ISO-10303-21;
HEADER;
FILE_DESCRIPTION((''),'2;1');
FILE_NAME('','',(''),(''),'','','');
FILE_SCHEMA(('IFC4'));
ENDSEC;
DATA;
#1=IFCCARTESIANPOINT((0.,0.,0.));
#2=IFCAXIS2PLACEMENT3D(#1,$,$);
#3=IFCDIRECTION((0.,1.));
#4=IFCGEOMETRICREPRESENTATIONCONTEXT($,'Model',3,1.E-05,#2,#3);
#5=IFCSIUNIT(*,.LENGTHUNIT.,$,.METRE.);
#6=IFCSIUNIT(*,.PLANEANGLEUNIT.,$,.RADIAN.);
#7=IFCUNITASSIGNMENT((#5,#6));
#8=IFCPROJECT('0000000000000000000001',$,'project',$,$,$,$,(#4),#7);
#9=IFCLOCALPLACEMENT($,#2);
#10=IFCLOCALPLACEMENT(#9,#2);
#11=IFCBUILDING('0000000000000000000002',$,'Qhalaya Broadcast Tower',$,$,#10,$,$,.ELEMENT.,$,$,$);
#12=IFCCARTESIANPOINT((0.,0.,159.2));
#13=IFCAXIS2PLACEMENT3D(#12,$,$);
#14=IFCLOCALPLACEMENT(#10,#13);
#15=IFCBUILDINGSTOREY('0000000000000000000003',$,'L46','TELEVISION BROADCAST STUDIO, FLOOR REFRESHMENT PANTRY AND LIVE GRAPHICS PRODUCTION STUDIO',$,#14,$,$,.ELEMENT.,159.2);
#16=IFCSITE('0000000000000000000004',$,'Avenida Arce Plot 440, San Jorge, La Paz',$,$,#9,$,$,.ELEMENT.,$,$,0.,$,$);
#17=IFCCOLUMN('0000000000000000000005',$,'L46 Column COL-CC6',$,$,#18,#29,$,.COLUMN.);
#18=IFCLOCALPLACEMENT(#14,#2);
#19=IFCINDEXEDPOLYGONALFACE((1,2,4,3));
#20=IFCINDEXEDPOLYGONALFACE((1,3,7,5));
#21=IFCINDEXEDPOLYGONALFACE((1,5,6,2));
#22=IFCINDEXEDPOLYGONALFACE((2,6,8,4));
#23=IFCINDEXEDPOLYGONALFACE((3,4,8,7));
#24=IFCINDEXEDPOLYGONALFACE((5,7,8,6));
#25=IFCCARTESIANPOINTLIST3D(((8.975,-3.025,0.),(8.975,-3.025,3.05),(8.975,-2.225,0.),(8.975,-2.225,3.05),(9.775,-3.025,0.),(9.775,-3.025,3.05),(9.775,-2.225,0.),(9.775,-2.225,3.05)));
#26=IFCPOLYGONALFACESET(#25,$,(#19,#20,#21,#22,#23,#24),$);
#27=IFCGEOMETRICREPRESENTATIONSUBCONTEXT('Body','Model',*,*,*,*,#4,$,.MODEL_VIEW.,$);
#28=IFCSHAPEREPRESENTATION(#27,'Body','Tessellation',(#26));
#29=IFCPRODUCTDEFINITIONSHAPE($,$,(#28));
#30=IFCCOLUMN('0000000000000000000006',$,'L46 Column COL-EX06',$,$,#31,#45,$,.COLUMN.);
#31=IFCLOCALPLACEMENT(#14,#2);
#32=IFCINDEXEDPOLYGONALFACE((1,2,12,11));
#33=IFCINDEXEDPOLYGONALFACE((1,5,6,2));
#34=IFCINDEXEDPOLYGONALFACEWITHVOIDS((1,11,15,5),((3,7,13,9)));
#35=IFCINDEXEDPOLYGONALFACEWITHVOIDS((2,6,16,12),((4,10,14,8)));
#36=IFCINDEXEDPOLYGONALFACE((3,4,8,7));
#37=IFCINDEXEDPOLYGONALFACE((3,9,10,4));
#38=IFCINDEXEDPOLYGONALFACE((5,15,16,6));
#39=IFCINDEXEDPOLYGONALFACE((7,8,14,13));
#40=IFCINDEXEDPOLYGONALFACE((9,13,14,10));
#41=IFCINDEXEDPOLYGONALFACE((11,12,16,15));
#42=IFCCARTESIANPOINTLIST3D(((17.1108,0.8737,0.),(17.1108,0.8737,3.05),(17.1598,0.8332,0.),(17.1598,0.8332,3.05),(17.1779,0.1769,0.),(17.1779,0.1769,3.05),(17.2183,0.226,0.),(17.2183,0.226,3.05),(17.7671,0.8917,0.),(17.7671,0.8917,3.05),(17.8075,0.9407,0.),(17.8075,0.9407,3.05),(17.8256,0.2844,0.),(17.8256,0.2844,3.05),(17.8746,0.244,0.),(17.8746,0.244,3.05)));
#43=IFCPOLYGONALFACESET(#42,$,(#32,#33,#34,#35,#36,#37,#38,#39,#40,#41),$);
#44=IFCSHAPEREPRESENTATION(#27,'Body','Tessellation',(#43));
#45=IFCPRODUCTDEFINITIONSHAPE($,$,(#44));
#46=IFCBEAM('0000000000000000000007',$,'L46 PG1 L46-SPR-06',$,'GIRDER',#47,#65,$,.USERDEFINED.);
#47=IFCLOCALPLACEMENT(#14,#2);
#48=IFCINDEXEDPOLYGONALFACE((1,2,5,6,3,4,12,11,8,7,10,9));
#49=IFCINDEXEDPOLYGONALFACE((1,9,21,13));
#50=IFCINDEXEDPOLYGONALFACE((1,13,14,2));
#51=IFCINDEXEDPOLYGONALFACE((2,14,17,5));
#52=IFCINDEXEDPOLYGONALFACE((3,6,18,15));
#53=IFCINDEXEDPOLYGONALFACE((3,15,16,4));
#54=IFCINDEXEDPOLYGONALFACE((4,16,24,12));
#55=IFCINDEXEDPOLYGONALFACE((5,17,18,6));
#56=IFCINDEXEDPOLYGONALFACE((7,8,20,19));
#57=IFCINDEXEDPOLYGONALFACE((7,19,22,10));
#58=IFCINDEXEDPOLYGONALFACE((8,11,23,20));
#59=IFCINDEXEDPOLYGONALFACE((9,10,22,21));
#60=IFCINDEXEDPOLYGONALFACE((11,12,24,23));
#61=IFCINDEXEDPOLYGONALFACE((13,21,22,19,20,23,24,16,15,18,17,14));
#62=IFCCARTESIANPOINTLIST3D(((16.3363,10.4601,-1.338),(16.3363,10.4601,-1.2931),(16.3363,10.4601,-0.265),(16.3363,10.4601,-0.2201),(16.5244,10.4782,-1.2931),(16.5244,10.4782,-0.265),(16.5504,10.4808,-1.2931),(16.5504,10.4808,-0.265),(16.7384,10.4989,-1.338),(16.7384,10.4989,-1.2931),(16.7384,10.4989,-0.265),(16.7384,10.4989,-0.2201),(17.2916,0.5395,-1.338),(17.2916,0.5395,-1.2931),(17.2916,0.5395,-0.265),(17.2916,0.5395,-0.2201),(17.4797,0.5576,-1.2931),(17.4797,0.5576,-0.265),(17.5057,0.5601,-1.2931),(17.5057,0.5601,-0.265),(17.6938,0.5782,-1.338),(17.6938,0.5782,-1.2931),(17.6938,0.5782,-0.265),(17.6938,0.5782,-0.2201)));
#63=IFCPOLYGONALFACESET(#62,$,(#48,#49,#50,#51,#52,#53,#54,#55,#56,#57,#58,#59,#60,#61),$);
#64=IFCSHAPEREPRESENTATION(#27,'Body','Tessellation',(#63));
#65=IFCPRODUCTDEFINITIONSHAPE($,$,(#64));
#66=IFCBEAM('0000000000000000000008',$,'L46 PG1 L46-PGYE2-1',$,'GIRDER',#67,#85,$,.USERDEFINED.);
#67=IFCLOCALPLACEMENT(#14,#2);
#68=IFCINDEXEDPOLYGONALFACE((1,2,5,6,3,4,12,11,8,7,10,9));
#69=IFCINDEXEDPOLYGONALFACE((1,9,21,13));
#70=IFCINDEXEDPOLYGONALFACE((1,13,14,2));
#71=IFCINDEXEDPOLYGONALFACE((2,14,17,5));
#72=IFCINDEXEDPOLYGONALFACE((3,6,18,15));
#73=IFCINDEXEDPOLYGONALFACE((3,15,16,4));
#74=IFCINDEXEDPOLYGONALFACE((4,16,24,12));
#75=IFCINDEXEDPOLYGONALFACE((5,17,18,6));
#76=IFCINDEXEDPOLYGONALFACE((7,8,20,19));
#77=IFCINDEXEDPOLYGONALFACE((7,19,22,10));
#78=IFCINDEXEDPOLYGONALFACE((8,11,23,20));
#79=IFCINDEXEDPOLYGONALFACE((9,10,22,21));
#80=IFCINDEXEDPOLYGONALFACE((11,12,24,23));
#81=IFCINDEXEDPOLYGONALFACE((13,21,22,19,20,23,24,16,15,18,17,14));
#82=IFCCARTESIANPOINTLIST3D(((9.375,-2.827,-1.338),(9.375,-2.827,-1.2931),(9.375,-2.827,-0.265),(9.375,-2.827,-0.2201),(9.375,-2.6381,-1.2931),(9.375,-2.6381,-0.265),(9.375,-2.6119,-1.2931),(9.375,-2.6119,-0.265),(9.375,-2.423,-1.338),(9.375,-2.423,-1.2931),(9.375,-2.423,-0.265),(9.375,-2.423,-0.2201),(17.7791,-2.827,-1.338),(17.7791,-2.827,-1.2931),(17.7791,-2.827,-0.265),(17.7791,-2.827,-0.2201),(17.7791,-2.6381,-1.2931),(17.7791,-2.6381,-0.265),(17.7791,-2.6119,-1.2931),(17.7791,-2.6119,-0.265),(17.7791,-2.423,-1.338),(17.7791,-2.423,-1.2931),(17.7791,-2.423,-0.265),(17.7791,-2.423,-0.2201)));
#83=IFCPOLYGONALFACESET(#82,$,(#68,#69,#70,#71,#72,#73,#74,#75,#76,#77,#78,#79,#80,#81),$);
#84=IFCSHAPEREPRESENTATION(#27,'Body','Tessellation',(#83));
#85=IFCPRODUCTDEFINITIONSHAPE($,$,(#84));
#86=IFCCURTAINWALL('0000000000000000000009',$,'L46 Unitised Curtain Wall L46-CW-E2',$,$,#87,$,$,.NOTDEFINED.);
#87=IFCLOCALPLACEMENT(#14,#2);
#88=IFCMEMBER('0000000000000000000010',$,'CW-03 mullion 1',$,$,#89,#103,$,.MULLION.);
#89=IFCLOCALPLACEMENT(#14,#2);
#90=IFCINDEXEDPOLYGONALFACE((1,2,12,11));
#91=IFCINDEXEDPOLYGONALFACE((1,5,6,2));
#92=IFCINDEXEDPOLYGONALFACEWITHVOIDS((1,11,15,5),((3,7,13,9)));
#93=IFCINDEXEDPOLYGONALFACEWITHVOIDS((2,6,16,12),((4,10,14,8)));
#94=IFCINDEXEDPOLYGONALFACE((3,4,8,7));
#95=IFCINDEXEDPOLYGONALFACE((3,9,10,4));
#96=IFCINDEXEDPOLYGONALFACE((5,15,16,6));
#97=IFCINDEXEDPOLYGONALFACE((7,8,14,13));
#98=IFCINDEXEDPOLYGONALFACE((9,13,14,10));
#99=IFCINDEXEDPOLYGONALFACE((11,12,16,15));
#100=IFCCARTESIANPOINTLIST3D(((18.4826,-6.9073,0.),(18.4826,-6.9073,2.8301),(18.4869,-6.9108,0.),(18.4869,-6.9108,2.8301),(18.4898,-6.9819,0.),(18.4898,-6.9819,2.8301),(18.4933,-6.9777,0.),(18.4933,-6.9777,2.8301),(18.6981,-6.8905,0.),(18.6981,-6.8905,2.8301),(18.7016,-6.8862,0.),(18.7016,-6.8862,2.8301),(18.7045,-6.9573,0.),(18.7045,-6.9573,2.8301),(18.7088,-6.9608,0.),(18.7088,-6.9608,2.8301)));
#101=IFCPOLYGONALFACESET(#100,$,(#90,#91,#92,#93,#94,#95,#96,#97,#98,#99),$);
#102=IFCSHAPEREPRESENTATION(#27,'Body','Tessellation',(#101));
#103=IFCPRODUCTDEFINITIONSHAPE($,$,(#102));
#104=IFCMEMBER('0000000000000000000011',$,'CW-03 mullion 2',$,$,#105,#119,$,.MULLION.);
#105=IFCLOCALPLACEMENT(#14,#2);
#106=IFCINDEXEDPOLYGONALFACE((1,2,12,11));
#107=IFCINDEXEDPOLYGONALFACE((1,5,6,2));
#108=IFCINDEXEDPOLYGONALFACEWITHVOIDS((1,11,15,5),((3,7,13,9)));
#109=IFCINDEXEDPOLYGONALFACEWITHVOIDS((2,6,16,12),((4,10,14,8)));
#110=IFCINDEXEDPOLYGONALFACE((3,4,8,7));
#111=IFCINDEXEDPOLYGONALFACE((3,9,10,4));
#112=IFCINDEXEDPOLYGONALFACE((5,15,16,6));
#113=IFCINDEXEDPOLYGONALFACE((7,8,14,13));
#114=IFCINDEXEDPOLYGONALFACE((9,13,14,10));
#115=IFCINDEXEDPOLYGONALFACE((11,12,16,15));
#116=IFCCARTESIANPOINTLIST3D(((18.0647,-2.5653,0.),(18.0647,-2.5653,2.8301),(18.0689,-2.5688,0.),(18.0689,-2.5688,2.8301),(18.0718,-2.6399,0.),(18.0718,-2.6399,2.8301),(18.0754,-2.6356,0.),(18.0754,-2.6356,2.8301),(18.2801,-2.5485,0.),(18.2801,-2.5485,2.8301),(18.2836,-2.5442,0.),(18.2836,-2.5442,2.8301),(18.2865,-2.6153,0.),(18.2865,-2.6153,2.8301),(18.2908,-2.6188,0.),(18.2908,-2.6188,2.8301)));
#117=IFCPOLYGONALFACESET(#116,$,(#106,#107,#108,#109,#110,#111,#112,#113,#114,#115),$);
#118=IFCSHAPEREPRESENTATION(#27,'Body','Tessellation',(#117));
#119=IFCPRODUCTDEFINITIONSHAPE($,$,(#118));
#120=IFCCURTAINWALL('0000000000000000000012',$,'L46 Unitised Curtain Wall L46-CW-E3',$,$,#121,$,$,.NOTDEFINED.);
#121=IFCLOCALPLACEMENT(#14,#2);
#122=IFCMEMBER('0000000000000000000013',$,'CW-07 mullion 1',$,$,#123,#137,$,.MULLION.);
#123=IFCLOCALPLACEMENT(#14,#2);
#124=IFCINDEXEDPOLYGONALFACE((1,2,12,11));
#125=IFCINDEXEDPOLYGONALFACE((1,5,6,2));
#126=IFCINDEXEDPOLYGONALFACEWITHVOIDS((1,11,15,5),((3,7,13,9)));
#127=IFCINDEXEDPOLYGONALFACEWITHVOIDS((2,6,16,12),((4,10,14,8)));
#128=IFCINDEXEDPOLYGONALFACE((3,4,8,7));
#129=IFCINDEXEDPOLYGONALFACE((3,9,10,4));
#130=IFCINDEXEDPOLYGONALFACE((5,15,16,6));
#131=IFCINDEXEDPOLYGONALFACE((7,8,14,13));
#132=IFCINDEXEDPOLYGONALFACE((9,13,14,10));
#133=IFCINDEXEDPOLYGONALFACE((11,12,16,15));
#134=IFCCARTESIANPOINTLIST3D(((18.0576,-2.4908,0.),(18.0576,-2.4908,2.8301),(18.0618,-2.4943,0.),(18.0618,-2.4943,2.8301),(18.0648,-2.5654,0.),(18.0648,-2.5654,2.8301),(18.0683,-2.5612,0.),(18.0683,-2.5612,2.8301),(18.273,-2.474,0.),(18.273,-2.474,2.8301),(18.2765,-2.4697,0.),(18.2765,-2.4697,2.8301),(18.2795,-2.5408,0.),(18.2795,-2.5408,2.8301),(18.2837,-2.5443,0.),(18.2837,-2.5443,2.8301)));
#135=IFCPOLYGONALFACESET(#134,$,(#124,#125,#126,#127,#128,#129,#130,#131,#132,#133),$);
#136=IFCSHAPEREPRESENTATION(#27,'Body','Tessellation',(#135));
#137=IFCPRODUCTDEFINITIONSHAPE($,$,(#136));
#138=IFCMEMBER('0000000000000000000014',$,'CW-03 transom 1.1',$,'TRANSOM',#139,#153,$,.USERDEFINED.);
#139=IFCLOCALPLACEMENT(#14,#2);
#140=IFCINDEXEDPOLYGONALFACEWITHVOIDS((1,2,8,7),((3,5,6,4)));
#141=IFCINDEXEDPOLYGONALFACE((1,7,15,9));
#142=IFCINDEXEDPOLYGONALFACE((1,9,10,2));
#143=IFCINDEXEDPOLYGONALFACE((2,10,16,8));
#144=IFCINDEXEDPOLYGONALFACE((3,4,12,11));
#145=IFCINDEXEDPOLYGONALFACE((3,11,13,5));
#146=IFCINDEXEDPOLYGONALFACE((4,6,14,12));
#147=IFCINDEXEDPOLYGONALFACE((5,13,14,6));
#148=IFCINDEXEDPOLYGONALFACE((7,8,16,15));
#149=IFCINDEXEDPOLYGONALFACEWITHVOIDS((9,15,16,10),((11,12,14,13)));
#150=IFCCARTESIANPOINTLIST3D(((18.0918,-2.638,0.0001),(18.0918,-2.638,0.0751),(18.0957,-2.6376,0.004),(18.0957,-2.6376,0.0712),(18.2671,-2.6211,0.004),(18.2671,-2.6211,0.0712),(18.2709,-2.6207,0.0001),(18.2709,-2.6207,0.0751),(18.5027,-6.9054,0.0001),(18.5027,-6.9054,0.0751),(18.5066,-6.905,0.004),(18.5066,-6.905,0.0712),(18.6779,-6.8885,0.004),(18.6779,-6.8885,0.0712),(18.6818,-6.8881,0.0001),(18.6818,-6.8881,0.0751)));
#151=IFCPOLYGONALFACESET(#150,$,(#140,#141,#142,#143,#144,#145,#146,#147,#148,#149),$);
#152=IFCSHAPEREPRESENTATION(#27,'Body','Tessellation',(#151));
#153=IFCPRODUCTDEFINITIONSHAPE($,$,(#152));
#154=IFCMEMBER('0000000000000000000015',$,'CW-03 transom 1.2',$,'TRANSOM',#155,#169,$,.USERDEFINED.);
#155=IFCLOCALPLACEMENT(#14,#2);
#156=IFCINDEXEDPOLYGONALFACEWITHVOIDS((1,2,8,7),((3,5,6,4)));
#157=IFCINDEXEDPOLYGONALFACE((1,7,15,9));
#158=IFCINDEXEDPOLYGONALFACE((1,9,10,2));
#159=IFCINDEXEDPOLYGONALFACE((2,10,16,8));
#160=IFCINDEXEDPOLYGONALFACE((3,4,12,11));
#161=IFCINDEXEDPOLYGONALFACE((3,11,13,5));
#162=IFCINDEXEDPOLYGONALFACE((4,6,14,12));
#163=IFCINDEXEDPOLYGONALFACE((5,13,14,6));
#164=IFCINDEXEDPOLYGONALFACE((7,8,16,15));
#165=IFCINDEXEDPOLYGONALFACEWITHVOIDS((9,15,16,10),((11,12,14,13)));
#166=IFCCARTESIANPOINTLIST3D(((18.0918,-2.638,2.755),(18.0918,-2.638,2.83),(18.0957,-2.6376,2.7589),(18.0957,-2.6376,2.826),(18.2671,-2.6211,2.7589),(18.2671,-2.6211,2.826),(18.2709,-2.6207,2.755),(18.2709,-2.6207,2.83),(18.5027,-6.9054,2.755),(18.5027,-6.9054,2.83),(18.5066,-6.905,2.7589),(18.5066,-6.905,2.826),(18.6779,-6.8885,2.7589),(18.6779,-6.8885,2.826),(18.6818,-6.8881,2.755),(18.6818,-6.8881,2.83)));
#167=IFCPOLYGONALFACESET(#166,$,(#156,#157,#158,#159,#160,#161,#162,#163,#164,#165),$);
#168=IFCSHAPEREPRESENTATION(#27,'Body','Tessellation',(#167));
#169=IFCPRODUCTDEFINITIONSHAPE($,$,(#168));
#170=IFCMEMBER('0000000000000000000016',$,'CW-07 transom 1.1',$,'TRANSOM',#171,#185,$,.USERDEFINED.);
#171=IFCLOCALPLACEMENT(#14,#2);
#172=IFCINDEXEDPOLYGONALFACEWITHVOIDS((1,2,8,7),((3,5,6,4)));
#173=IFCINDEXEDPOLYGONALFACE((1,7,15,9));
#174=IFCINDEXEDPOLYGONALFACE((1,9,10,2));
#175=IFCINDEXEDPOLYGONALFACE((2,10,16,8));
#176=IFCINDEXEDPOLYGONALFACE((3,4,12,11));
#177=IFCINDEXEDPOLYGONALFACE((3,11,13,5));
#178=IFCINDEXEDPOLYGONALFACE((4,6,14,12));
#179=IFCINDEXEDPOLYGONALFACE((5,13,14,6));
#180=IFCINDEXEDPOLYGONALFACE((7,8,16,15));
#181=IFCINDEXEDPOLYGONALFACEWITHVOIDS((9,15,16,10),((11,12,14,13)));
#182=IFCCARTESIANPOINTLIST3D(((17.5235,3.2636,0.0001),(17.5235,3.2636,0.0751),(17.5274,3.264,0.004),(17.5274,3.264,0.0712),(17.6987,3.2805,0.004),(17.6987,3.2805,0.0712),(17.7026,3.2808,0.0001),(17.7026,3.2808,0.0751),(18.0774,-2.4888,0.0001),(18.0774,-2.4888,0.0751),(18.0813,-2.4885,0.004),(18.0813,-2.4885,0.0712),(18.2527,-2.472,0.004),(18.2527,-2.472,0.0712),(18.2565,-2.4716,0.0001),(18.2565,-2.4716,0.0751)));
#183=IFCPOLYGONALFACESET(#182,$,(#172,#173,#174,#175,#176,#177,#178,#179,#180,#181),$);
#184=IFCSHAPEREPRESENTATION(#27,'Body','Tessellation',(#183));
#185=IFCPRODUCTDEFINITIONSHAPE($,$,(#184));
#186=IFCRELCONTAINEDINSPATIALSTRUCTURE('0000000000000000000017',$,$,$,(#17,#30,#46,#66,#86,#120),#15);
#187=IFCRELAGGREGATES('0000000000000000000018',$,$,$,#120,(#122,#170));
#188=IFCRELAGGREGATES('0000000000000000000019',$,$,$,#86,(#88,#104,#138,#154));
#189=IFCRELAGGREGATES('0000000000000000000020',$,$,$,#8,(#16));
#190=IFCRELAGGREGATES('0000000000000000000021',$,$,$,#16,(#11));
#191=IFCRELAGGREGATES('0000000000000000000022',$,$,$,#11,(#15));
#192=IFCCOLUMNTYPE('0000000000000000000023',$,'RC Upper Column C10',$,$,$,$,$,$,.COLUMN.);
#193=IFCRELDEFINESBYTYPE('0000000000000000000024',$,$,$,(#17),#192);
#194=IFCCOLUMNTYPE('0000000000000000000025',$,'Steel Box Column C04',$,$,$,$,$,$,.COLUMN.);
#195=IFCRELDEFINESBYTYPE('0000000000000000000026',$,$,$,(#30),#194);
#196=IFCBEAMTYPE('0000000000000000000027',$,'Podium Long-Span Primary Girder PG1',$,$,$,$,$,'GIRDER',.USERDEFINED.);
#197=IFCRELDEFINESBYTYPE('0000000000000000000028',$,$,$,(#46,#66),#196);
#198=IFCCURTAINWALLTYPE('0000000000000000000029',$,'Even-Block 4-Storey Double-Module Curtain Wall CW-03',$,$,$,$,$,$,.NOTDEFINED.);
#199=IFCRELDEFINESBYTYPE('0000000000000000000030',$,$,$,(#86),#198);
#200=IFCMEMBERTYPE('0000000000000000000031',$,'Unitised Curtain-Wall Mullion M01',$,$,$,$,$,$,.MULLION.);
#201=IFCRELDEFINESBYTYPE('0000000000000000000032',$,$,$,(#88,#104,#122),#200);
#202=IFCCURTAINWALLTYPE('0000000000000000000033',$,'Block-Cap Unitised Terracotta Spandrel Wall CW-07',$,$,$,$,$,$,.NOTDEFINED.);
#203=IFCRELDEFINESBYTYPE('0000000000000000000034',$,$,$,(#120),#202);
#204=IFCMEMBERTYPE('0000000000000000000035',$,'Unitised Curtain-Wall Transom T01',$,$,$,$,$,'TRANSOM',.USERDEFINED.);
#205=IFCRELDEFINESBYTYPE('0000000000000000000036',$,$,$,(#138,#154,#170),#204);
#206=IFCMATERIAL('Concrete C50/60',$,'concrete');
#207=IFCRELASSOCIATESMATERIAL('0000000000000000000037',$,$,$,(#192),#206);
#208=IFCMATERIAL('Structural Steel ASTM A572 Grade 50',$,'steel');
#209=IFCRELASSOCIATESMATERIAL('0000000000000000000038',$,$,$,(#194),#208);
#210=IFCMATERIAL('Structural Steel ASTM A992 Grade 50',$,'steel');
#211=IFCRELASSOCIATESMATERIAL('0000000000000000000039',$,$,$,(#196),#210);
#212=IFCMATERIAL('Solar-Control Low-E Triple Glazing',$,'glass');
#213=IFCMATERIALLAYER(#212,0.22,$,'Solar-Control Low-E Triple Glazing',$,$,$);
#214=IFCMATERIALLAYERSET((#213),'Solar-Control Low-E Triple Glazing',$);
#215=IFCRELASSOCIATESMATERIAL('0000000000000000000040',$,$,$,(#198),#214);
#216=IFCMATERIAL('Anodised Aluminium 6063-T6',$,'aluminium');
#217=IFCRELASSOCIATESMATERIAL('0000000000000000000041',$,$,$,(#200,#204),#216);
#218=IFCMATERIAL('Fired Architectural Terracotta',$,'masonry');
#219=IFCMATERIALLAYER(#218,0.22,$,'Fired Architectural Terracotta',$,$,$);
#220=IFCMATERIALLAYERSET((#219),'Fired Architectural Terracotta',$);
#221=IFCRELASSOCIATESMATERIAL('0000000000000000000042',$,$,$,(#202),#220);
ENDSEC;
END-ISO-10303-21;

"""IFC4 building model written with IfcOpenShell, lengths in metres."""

from ifc_helpers import new_model, si_unit, direction, frame, origin, origin_2d, place, context, subcontext, project, spatial, rectangle, hollow_rectangle, i_section, extrude, material, layer, layer_set, material_profile, profile_set, type_object, element, aggregate, save


model = new_model("IFC4")

# Units and contexts
model_context = context("Model", 3, precision=1e-05, world=origin(), true_north=direction((0.0, 1.0)))
body_context = subcontext(model_context, "Body", "Model", "MODEL_VIEW")
ifc_project = project(units=[si_unit("LENGTHUNIT", "METRE"), si_unit("PLANEANGLEUNIT", "RADIAN")], contexts=[model_context])

# Site, building, storey
site_placement = place(None, origin())
site = spatial("IfcSite", under=ifc_project, at=site_placement, Name="Avenida Arce Plot 440, San Jorge, La Paz", CompositionType="ELEMENT", RefElevation=0.0)
building_placement = place(site_placement, origin())
building = spatial("IfcBuilding", under=site, at=building_placement, Name="Qhalaya Broadcast Tower", CompositionType="ELEMENT")
storey_placement = place(building_placement, frame((0.0, 0.0, 159.2)))
storey = spatial("IfcBuildingStorey", under=building, at=storey_placement, Name="L46", Description="TELEVISION BROADCAST STUDIO, FLOOR REFRESHMENT PANTRY AND LIVE GRAPHICS PRODUCTION STUDIO", CompositionType="ELEMENT", Elevation=159.2)

# Columns
ifc_material_1 = material(Name="Concrete C50/60", Category="concrete")
ifc_material_profile_1 = material_profile(ifc_material_1, rectangle(XDim=0.8, YDim=0.8, at=origin_2d()), Name="RC-COL 800x800")
ifc_profile_set_1 = profile_set([ifc_material_profile_1], Name="Concrete C50/60")
column_type_1 = type_object("IfcColumnType", Name="RC Upper Column C10", PredefinedType="COLUMN", material=ifc_profile_set_1)
column_1_placement = place(storey_placement, frame((9.375, -2.625, 0.0), z_axis=(0.0, 0.0, 1.0), x_axis=(1.0, 0.0, 0.0)))
element("IfcColumn", 1, at=column_1_placement, inside=storey, type_object=column_type_1, Name="L46 Column COL-CC6", PredefinedType="COLUMN", context=body_context, shape_type="SweptSolid", body=[
    extrude(rectangle(XDim=0.8, YDim=0.8, at=origin_2d()), origin(), (0.0, 0.0, 1.0), 3.05),
])
ifc_material_2 = material(Name="Structural Steel ASTM A572 Grade 50", Category="steel")
ifc_material_profile_2 = material_profile(ifc_material_2, hollow_rectangle(XDim=0.7, YDim=0.7, WallThickness=0.0449, at=origin_2d()), Name="BOX 700x700x45")
ifc_profile_set_2 = profile_set([ifc_material_profile_2], Name="Structural Steel ASTM A572 Grade 50")
column_type_2 = type_object("IfcColumnType", Name="Steel Box Column C04", PredefinedType="COLUMN", material=ifc_profile_set_2)
column_2_placement = place(storey_placement, frame((17.4927, 0.5588, 0.0), z_axis=(0.0, 0.0, 1.0), x_axis=(-0.095846, 0.995396, 0.0)))
element("IfcColumn", 2, at=column_2_placement, inside=storey, type_object=column_type_2, Name="L46 Column COL-EX06", PredefinedType="COLUMN", context=body_context, shape_type="SweptSolid", body=[
    extrude(hollow_rectangle(XDim=0.7, YDim=0.7, WallThickness=0.0449, at=origin_2d()), origin(), (0.0, 0.0, 1.0), 3.05),
])

# Beams
ifc_material_3 = material(Name="Structural Steel ASTM A992 Grade 50", Category="steel")
ifc_material_profile_3 = material_profile(ifc_material_3, i_section(OverallWidth=0.4041, OverallDepth=1.1179, WebThickness=0.0261, FlangeThickness=0.0449, at=origin_2d()), Name="W44X335")
ifc_profile_set_3 = profile_set([ifc_material_profile_3], Name="Structural Steel ASTM A992 Grade 50")
beam_type = type_object("IfcBeamType", Name="Podium Long-Span Primary Girder PG1", ElementType="GIRDER", PredefinedType="USERDEFINED", material=ifc_profile_set_3)
beam_1_placement = place(storey_placement, frame((17.4927, 0.5588, -0.7791), z_axis=(-0.095853, 0.995396, 0.0), x_axis=(-0.995396, -0.095853, 0.0)))
element("IfcBeam", 3, at=beam_1_placement, inside=storey, type_object=beam_type, Name="L46 PG1 L46-SPR-06", ObjectType="GIRDER", PredefinedType="USERDEFINED", context=body_context, shape_type="SweptSolid", body=[
    extrude(i_section(OverallWidth=0.4041, OverallDepth=1.1179, WebThickness=0.0261, FlangeThickness=0.0449, at=origin_2d()), origin(), (0.0, 0.0, 1.0), 9.9666),
])
beam_2_placement = place(storey_placement, frame((9.375, -2.625, -0.7791), z_axis=(1.0, 0.0, 0.0), x_axis=(0.0, 1.0, 0.0)))
element("IfcBeam", 4, at=beam_2_placement, inside=storey, type_object=beam_type, Name="L46 PG1 L46-PGYE2-1", ObjectType="GIRDER", PredefinedType="USERDEFINED", context=body_context, shape_type="SweptSolid", body=[
    extrude(i_section(OverallWidth=0.4041, OverallDepth=1.1179, WebThickness=0.0261, FlangeThickness=0.0449, at=origin_2d()), origin(), (0.0, 0.0, 1.0), 8.4041),
])

# Curtain wall, members
ifc_material_4 = material(Name="Solar-Control Low-E Triple Glazing", Category="glass")
ifc_layer_1 = layer(ifc_material_4, 0.22, Name="Solar-Control Low-E Triple Glazing")
ifc_layer_set_1 = layer_set([ifc_layer_1], Name="Solar-Control Low-E Triple Glazing")
curtain_wall_type_1 = type_object("IfcCurtainWallType", Name="Even-Block 4-Storey Double-Module Curtain Wall CW-03", PredefinedType="NOTDEFINED", material=ifc_layer_set_1)
curtain_wall_1_placement = place(storey_placement, origin())
curtain_wall_1 = element("IfcCurtainWall", 5, at=curtain_wall_1_placement, inside=storey, type_object=curtain_wall_type_1, Name="L46 Unitised Curtain Wall L46-CW-E2", PredefinedType="NOTDEFINED")
ifc_material_5 = material(Name="Anodised Aluminium 6063-T6", Category="aluminium")
ifc_material_profile_4 = material_profile(ifc_material_5, hollow_rectangle(XDim=0.075, YDim=0.22, WallThickness=0.0039, at=origin_2d()), Name="ALU-MUL 75x220x4")
ifc_profile_set_4 = profile_set([ifc_material_profile_4], Name="Anodised Aluminium 6063-T6")
member_type_1 = type_object("IfcMemberType", Name="Unitised Curtain-Wall Mullion M01", PredefinedType="MULLION", material=ifc_profile_set_4)
member_1_placement = place(storey_placement, frame((18.5957, -6.9341, 0.0), z_axis=(0.0, 0.0, 1.0), x_axis=(-0.09583, 0.995398, 0.0)))
member_1 = element("IfcMember", 6, at=member_1_placement, type_object=member_type_1, Name="CW-03 mullion 1", PredefinedType="MULLION", context=body_context, shape_type="SweptSolid", body=[
    extrude(hollow_rectangle(XDim=0.075, YDim=0.22, WallThickness=0.0039, at=origin_2d()), origin(), (0.0, 0.0, 1.0), 2.8301),
])
member_2_placement = place(storey_placement, frame((18.1777, -2.592, 0.0), z_axis=(0.0, 0.0, 1.0), x_axis=(-0.09583, 0.995398, 0.0)))
member_2 = element("IfcMember", 7, at=member_2_placement, type_object=member_type_1, Name="CW-03 mullion 2", PredefinedType="MULLION", context=body_context, shape_type="SweptSolid", body=[
    extrude(hollow_rectangle(XDim=0.075, YDim=0.22, WallThickness=0.0039, at=origin_2d()), origin(), (0.0, 0.0, 1.0), 2.8301),
])

# Curtain wall, member
ifc_material_6 = material(Name="Fired Architectural Terracotta", Category="masonry")
ifc_layer_2 = layer(ifc_material_6, 0.22, Name="Fired Architectural Terracotta")
ifc_layer_set_2 = layer_set([ifc_layer_2], Name="Fired Architectural Terracotta")
curtain_wall_type_2 = type_object("IfcCurtainWallType", Name="Block-Cap Unitised Terracotta Spandrel Wall CW-07", PredefinedType="NOTDEFINED", material=ifc_layer_set_2)
curtain_wall_2_placement = place(storey_placement, origin())
curtain_wall_2 = element("IfcCurtainWall", 8, at=curtain_wall_2_placement, inside=storey, type_object=curtain_wall_type_2, Name="L46 Unitised Curtain Wall L46-CW-E3", PredefinedType="NOTDEFINED")
member_3_placement = place(storey_placement, frame((18.1707, -2.5176, 0.0), z_axis=(0.0, 0.0, 1.0), x_axis=(-0.095851, 0.995396, 0.0)))
member_3 = element("IfcMember", 9, at=member_3_placement, type_object=member_type_1, Name="CW-07 mullion 1", PredefinedType="MULLION", context=body_context, shape_type="SweptSolid", body=[
    extrude(hollow_rectangle(XDim=0.075, YDim=0.22, WallThickness=0.0039, at=origin_2d()), origin(), (0.0, 0.0, 1.0), 2.8301),
])

# Members
ifc_material_profile_5 = material_profile(ifc_material_5, hollow_rectangle(XDim=0.075, YDim=0.1799, WallThickness=0.0039, at=origin_2d()), Name="ALU-TRN 75x180x4")
ifc_profile_set_5 = profile_set([ifc_material_profile_5], Name="Anodised Aluminium 6063-T6")
member_type_2 = type_object("IfcMemberType", Name="Unitised Curtain-Wall Transom T01", ElementType="TRANSOM", PredefinedType="USERDEFINED", material=ifc_profile_set_5)
member_4_placement = place(storey_placement, frame((18.5923, -6.8967, 0.0376), z_axis=(-0.095844, 0.995396, 0.0), x_axis=(0.0, 0.0, 1.0)))
member_4 = element("IfcMember", 10, at=member_4_placement, type_object=member_type_2, Name="CW-03 transom 1.1", ObjectType="TRANSOM", PredefinedType="USERDEFINED", context=body_context, shape_type="SweptSolid", body=[
    extrude(hollow_rectangle(XDim=0.075, YDim=0.1799, WallThickness=0.0039, at=origin_2d()), origin(), (0.0, 0.0, 1.0), 4.2871),
])
member_5_placement = place(storey_placement, frame((18.5923, -6.8967, 2.7925), z_axis=(-0.095844, 0.995396, 0.0), x_axis=(0.0, 0.0, 1.0)))
member_5 = element("IfcMember", 11, at=member_5_placement, type_object=member_type_2, Name="CW-03 transom 1.2", ObjectType="TRANSOM", PredefinedType="USERDEFINED", context=body_context, shape_type="SweptSolid", body=[
    extrude(hollow_rectangle(XDim=0.075, YDim=0.1799, WallThickness=0.0039, at=origin_2d()), origin(), (0.0, 0.0, 1.0), 4.2871),
])
member_6_placement = place(storey_placement, frame((18.167, -2.4802, 0.0376), z_axis=(-0.095856, 0.995395, 0.0), x_axis=(0.0, 0.0, 1.0)))
member_6 = element("IfcMember", 12, at=member_6_placement, type_object=member_type_2, Name="CW-07 transom 1.1", ObjectType="TRANSOM", PredefinedType="USERDEFINED", context=body_context, shape_type="SweptSolid", body=[
    extrude(hollow_rectangle(XDim=0.075, YDim=0.1799, WallThickness=0.0039, at=origin_2d()), origin(), (0.0, 0.0, 1.0), 5.7791),
])

aggregate(curtain_wall_2, [member_3, member_6])
aggregate(curtain_wall_1, [member_1, member_2, member_4, member_5])

save(model, "model.ifc")
